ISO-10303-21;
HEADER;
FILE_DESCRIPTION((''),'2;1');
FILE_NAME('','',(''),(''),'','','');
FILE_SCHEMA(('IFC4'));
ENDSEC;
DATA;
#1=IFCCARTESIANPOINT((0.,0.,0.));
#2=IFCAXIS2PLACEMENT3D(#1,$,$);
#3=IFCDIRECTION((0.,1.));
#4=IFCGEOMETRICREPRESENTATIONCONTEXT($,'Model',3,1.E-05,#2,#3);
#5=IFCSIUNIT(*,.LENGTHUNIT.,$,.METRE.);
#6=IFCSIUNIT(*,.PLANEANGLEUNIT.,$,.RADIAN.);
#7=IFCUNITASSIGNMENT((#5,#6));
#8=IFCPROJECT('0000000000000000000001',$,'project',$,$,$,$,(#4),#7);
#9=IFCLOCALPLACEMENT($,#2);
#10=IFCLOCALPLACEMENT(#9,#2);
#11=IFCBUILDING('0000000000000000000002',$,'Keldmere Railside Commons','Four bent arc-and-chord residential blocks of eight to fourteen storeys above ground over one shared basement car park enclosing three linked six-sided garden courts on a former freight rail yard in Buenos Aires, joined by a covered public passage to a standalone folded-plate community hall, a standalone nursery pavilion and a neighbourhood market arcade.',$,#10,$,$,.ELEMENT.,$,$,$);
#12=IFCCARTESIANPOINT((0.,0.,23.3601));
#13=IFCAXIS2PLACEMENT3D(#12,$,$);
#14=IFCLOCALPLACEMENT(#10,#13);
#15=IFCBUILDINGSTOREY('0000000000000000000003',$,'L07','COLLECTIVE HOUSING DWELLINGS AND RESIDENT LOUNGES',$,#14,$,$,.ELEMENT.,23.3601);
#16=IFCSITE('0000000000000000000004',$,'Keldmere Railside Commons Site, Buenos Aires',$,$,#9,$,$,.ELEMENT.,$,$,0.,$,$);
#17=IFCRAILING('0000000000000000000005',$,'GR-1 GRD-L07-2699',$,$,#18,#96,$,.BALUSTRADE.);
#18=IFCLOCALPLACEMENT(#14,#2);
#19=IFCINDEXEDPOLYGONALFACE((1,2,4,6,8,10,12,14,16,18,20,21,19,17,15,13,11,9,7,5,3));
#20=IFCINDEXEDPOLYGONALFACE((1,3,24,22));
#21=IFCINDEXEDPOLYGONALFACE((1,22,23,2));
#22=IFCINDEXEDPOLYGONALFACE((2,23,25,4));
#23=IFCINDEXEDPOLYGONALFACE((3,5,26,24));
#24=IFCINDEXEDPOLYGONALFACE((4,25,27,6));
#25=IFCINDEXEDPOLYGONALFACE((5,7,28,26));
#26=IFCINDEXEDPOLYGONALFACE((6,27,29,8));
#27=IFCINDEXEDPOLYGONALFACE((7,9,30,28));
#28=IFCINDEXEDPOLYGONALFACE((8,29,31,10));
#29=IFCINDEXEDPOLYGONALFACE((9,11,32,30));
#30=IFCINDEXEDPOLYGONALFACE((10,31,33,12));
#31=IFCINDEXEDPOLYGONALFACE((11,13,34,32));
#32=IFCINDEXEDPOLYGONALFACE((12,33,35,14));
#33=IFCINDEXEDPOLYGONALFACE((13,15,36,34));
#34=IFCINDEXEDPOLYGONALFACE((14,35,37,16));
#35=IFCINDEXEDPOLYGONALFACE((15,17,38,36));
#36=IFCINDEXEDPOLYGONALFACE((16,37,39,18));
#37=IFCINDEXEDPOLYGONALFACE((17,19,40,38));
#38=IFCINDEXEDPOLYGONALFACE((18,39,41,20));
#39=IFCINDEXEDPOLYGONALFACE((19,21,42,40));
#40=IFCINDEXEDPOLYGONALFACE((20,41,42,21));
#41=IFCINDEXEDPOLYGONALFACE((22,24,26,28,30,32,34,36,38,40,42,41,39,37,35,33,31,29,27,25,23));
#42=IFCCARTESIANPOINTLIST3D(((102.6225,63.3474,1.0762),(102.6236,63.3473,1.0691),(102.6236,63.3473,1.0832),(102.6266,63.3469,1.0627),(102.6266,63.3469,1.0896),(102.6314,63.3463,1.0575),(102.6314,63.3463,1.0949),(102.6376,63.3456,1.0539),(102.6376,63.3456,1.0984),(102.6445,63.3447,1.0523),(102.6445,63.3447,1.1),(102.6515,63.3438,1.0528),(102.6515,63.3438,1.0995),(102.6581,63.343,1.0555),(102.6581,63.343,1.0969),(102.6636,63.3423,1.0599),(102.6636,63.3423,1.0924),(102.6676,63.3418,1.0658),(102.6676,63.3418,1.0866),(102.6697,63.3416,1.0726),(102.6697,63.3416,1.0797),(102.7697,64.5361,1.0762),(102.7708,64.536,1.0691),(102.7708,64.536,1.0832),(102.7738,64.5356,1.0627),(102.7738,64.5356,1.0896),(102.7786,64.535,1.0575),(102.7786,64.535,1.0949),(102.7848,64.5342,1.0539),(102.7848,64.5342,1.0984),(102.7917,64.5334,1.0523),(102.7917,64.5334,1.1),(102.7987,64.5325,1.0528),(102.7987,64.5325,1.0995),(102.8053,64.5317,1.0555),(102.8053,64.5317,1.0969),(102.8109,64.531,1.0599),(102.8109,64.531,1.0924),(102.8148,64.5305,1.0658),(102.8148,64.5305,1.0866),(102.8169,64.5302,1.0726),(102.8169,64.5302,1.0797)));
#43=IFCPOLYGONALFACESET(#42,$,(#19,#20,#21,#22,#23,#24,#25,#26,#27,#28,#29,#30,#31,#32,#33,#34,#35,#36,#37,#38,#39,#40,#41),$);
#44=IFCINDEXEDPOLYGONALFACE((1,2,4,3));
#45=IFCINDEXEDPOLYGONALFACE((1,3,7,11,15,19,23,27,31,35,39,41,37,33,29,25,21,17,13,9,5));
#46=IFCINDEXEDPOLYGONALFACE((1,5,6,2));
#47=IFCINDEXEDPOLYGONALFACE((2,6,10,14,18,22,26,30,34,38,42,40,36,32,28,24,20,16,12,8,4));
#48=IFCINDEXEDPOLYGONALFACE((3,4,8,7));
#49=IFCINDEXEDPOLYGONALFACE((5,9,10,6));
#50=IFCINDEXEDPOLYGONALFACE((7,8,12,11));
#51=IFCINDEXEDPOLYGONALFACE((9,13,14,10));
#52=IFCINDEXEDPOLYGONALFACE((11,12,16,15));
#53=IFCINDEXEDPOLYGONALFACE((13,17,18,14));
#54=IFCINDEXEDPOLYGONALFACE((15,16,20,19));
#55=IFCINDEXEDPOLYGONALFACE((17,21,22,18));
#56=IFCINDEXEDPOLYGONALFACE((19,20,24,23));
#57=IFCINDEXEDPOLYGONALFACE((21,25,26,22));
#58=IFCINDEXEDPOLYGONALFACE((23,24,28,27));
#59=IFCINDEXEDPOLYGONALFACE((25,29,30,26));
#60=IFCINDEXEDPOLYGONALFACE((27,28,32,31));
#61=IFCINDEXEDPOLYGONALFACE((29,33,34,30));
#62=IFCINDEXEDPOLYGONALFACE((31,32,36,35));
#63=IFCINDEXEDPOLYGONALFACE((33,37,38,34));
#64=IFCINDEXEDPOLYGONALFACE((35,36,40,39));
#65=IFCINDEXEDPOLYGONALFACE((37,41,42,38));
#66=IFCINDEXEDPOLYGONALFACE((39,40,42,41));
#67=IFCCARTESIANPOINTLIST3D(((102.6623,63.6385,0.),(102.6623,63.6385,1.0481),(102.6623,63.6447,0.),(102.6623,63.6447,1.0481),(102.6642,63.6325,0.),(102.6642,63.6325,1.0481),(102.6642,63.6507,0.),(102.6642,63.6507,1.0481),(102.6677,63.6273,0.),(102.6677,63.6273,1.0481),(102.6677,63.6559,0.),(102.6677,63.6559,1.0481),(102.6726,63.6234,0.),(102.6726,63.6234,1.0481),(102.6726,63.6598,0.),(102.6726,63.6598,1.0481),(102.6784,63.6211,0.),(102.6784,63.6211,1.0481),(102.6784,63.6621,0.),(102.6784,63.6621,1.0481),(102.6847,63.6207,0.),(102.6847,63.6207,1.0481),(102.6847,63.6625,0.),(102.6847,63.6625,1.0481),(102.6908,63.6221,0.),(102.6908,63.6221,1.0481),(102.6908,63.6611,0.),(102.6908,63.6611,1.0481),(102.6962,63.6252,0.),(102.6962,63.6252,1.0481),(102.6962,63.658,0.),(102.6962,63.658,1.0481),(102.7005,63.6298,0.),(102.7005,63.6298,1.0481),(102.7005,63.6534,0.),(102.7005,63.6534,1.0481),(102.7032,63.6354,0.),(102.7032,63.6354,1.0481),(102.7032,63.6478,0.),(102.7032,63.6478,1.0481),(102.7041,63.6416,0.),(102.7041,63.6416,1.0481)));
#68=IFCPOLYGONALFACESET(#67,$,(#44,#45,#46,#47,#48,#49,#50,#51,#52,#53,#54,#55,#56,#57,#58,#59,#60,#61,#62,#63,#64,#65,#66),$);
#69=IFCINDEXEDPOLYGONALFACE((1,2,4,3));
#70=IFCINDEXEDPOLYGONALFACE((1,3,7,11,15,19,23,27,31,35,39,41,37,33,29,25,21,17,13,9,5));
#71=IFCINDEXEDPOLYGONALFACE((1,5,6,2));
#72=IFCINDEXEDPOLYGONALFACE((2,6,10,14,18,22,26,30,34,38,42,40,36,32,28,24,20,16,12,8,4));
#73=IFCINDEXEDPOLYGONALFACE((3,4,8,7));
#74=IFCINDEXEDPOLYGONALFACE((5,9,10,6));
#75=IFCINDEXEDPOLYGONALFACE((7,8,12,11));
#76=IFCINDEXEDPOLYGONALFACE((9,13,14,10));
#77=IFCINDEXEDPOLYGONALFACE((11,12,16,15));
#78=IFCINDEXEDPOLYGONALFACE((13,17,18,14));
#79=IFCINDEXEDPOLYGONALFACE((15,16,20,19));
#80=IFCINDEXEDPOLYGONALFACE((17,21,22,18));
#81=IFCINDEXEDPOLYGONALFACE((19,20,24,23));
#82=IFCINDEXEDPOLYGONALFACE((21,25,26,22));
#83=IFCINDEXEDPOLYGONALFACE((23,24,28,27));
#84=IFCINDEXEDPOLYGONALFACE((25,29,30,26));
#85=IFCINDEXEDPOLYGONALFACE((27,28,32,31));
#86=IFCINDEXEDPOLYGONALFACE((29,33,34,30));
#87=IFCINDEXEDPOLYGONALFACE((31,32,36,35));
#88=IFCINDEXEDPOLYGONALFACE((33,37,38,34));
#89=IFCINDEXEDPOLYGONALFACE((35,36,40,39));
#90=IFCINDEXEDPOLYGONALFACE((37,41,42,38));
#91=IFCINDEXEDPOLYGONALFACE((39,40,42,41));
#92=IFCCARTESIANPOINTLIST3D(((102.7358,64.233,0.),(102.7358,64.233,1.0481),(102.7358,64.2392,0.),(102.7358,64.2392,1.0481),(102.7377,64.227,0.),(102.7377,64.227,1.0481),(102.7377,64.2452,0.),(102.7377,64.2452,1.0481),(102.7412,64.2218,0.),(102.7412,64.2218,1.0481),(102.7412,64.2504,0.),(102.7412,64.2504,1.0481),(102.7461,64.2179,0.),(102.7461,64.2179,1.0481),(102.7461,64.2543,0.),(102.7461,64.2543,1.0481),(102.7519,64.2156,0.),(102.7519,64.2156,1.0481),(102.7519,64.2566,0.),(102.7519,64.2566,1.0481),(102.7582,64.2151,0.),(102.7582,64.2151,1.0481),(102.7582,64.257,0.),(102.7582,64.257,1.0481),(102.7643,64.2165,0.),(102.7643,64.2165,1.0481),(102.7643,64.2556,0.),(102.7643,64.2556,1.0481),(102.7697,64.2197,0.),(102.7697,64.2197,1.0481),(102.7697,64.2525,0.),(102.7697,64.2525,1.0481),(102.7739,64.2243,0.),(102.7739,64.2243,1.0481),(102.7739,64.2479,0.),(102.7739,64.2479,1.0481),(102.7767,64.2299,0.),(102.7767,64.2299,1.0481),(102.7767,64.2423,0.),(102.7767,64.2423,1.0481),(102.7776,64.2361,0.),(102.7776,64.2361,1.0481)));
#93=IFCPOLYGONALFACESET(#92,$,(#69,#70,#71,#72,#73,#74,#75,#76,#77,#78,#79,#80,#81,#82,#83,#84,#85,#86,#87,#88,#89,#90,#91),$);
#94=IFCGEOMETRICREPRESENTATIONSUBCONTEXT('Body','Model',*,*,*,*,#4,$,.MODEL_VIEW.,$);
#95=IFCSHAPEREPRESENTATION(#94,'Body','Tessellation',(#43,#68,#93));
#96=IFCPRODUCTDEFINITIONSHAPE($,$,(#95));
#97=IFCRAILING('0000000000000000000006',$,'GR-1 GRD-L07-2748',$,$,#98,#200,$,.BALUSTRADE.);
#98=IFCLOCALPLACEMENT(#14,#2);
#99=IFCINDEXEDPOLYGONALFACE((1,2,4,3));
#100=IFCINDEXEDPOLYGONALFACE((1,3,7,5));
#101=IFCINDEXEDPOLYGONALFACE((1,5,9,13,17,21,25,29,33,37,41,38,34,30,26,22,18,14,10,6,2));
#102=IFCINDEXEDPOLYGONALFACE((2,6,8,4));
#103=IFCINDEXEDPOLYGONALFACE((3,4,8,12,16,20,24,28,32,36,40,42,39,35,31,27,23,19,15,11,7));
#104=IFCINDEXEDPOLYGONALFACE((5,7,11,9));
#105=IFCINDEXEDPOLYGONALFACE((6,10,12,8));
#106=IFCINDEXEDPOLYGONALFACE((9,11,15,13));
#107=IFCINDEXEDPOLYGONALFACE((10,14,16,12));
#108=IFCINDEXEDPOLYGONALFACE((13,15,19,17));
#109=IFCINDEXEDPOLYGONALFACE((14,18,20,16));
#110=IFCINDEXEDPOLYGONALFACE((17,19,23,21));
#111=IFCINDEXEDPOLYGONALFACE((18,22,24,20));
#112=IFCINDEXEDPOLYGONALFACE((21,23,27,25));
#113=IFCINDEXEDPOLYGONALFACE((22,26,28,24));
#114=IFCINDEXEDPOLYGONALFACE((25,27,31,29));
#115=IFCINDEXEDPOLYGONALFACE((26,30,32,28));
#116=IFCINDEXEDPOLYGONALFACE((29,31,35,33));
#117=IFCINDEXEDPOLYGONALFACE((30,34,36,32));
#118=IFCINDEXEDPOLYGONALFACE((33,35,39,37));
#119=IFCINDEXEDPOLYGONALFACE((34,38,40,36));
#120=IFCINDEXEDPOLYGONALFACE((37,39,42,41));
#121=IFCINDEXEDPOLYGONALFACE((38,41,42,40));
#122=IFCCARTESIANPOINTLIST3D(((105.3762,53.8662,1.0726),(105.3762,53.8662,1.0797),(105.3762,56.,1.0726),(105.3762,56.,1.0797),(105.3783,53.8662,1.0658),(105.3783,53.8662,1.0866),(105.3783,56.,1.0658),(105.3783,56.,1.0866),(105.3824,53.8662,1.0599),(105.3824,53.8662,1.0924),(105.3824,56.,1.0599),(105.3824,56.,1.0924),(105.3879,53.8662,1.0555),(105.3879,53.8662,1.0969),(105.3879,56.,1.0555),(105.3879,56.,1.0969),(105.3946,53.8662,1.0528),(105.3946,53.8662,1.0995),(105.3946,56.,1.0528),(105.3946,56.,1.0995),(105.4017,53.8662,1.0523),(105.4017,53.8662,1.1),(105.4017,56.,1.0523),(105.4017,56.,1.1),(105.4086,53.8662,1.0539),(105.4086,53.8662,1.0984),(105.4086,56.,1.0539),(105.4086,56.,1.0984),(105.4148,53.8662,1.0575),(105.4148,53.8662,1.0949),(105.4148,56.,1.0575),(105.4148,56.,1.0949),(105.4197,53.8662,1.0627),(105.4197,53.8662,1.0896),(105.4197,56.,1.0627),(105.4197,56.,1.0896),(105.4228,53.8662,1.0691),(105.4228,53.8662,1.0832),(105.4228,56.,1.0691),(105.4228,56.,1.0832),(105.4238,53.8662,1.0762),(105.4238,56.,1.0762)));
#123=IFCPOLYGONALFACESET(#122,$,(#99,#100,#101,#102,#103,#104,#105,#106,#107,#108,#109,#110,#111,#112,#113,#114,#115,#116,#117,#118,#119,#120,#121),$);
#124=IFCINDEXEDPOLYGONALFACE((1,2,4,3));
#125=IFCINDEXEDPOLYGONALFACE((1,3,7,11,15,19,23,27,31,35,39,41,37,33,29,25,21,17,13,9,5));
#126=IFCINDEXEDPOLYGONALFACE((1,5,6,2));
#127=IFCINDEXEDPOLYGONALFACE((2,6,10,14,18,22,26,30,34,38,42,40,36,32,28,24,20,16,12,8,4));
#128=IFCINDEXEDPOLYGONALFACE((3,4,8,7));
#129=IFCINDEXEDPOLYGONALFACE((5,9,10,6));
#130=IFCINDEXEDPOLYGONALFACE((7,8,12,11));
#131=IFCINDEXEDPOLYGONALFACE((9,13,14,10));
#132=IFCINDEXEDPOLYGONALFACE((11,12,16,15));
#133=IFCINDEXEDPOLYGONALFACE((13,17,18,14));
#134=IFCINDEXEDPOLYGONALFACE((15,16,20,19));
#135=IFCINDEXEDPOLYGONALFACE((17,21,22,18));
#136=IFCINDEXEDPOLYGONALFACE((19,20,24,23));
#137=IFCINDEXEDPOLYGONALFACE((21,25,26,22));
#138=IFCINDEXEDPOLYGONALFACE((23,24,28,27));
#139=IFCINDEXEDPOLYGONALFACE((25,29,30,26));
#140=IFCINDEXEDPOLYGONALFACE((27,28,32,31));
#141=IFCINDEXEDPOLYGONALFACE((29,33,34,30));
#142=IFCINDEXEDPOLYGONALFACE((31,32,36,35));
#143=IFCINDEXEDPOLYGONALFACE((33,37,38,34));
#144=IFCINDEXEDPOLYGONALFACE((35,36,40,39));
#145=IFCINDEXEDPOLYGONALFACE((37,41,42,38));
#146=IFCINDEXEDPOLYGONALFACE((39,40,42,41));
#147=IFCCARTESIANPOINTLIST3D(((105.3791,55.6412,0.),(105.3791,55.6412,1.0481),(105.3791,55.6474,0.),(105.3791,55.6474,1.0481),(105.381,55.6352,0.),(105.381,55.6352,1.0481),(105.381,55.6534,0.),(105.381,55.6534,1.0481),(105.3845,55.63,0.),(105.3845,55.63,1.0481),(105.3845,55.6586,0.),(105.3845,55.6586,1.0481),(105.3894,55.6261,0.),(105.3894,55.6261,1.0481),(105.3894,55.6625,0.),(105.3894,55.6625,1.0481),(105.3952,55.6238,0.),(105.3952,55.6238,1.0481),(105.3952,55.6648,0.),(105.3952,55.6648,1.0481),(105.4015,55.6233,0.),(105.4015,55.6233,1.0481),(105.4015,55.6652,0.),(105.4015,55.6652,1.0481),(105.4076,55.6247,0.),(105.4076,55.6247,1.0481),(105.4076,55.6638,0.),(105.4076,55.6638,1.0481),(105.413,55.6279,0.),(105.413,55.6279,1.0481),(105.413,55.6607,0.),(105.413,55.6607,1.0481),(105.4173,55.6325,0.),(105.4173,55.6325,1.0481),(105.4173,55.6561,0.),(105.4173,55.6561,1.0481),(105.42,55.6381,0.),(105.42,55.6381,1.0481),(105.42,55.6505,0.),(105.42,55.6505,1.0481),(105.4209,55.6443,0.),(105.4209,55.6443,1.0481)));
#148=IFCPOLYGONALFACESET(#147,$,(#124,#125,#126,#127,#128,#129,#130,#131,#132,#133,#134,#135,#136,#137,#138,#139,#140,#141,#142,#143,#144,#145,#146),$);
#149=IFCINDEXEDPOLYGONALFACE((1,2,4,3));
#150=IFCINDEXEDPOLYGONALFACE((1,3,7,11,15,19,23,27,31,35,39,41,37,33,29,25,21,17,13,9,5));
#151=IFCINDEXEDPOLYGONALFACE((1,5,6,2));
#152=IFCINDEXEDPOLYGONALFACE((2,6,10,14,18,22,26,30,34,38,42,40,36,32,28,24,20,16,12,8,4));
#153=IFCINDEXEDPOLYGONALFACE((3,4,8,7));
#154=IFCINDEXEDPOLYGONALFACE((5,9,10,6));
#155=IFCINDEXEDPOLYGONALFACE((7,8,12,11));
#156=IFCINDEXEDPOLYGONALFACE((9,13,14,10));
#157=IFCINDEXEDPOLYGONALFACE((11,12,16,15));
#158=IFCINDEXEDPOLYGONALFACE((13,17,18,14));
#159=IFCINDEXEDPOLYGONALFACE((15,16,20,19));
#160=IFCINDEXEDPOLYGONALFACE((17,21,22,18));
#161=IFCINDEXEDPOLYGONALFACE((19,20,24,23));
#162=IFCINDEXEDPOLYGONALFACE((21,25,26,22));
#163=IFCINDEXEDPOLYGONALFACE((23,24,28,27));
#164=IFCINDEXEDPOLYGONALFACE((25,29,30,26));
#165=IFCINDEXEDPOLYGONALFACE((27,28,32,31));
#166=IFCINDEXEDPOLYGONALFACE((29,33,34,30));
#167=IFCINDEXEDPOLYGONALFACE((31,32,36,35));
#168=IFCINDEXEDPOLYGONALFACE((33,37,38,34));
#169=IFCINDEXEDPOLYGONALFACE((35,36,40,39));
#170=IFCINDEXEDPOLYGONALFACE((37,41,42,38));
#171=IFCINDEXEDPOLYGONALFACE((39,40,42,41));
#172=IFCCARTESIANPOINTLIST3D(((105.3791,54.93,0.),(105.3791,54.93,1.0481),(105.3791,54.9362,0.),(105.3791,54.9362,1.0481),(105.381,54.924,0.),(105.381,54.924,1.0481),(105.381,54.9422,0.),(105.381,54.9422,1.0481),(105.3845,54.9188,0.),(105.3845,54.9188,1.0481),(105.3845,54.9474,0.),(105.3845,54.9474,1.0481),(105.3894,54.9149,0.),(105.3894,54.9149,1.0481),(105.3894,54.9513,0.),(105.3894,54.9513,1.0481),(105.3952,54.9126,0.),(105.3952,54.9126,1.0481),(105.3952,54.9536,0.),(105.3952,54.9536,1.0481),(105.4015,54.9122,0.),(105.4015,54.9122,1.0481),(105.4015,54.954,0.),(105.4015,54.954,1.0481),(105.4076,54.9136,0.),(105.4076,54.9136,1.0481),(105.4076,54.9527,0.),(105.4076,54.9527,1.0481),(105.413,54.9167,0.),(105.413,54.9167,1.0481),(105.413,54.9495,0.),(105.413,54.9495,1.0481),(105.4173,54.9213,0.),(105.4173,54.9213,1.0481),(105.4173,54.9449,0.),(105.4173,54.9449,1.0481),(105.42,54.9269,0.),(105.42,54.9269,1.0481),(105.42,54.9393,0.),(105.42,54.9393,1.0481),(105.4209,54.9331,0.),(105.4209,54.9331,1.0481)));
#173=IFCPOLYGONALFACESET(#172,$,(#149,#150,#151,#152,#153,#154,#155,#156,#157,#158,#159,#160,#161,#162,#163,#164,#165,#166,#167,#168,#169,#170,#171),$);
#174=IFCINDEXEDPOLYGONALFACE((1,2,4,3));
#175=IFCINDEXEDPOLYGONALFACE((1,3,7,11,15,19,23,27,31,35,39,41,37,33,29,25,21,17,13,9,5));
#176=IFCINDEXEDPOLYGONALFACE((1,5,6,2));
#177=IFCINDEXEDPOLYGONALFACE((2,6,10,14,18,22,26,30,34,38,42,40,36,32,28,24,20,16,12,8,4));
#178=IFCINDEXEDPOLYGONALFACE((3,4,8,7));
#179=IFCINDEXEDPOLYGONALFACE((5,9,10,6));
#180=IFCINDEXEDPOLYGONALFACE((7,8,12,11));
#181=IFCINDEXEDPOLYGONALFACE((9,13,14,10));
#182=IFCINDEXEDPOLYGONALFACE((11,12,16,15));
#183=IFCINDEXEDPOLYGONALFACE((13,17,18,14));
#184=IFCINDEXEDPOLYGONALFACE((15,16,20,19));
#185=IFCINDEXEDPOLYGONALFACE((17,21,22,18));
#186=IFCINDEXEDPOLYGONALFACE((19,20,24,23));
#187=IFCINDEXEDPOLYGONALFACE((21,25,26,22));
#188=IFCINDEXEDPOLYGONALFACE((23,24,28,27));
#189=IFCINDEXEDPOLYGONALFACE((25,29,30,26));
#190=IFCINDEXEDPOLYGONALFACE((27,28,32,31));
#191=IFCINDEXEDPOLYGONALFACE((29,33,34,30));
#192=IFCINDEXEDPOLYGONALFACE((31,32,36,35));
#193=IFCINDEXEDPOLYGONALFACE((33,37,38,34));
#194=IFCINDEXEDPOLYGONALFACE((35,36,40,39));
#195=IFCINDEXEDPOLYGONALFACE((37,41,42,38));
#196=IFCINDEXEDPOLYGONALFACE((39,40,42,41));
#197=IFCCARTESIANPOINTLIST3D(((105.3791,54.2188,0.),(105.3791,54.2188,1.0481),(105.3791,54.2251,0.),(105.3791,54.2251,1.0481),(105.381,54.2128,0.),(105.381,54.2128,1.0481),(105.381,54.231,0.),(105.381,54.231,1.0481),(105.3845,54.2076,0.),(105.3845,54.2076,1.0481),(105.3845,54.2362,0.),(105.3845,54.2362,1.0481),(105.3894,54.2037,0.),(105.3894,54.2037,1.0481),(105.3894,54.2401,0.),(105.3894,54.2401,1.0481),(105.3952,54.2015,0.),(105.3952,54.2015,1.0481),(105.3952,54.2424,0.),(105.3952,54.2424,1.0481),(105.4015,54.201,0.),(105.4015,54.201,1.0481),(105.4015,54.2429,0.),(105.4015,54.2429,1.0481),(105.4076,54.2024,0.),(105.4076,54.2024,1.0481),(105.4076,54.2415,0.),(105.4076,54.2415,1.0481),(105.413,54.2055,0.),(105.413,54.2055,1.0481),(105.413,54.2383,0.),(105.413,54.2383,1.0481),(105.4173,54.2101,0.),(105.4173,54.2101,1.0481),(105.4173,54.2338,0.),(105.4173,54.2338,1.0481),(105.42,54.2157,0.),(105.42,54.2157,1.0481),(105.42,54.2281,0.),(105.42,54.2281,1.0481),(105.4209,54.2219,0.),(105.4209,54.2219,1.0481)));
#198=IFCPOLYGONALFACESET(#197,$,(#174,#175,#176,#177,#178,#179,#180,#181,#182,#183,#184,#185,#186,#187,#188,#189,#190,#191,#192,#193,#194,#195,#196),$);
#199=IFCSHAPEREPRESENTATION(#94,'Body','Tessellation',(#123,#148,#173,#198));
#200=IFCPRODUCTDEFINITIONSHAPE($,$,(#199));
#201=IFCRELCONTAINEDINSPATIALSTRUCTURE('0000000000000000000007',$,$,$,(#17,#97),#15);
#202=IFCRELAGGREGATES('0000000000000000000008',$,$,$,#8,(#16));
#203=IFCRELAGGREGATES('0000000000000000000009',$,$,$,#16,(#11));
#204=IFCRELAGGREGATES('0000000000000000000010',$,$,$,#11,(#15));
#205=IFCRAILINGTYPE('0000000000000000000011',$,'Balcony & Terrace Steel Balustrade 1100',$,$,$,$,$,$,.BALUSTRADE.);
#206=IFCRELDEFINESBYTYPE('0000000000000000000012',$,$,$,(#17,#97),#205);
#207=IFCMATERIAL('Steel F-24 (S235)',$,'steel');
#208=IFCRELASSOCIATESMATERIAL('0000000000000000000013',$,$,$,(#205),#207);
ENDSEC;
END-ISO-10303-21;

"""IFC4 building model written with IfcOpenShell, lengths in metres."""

from ifc_helpers import new_model, si_unit, direction, frame, origin, origin_2d, place, context, subcontext, project, spatial, circle, extrude, material, type_object, element, save


model = new_model("IFC4")

# Units and contexts
model_context = context("Model", 3, precision=1e-05, world=origin(), true_north=direction((0.0, 1.0)))
body_context = subcontext(model_context, "Body", "Model", "MODEL_VIEW")
ifc_project = project(units=[si_unit("LENGTHUNIT", "METRE"), si_unit("PLANEANGLEUNIT", "RADIAN")], contexts=[model_context])

# Site, building, storey
site_placement = place(None, origin())
site = spatial("IfcSite", under=ifc_project, at=site_placement, Name="Keldmere Railside Commons Site, Buenos Aires", CompositionType="ELEMENT", RefElevation=0.0)
building_placement = place(site_placement, origin())
building = spatial("IfcBuilding", under=site, at=building_placement, Name="Keldmere Railside Commons", Description="Four bent arc-and-chord residential blocks of eight to fourteen storeys above ground over one shared basement car park enclosing three linked six-sided garden courts on a former freight rail yard in Buenos Aires, joined by a covered public passage to a standalone folded-plate community hall, a standalone nursery pavilion and a neighbourhood market arcade.", CompositionType="ELEMENT")
storey_placement = place(building_placement, frame((0.0, 0.0, 23.3601)))
storey = spatial("IfcBuildingStorey", under=building, at=storey_placement, Name="L07", Description="COLLECTIVE HOUSING DWELLINGS AND RESIDENT LOUNGES", CompositionType="ELEMENT", Elevation=23.3601)

# Railings
ifc_material_1 = material(Name="Steel F-24 (S235)", Category="steel")
railing_type = type_object("IfcRailingType", Name="Balcony & Terrace Steel Balustrade 1100", PredefinedType="BALUSTRADE", material=ifc_material_1)
railing_1_placement = place(storey_placement, frame((102.6462, 63.3445, 0.0)))
element("IfcRailing", 1, at=railing_1_placement, inside=storey, type_object=railing_type, Name="GR-1 GRD-L07-2699", PredefinedType="BALUSTRADE", context=body_context, shape_type="SweptSolid", body=[
    extrude(circle(Radius=0.0239, at=origin_2d()), frame((0.0, 0.0, 1.0762), z_axis=(0.122906, 0.992418, 0.0), x_axis=(-0.992418, 0.122906, 0.0)), (0.0, 0.0, 1.0), 1.1978),
    extrude(circle(Radius=0.021, at=origin_2d()), frame((0.0369, 0.2971, 0.0)), (0.0, 0.0, 1.0), 1.0481),
    extrude(circle(Radius=0.021, at=origin_2d()), frame((0.1104, 0.8916, 0.0)), (0.0, 0.0, 1.0), 1.0481),
])
railing_2_placement = place(storey_placement, frame((105.3999, 56.0, 0.0)))
element("IfcRailing", 2, at=railing_2_placement, inside=storey, type_object=railing_type, Name="GR-1 GRD-L07-2748", PredefinedType="BALUSTRADE", context=body_context, shape_type="SweptSolid", body=[
    extrude(circle(Radius=0.0239, at=origin_2d()), frame((0.0, 0.0, 1.0762), z_axis=(0.0, -1.0, 0.0), x_axis=(1.0, 0.0, 0.0)), (0.0, 0.0, 1.0), 2.1338),
    extrude(circle(Radius=0.021, at=origin_2d()), frame((0.0, -0.3557, 0.0)), (0.0, 0.0, 1.0), 1.0481),
    extrude(circle(Radius=0.021, at=origin_2d()), frame((0.0, -1.0669, 0.0)), (0.0, 0.0, 1.0), 1.0481),
    extrude(circle(Radius=0.021, at=origin_2d()), frame((0.0, -1.7781, 0.0)), (0.0, 0.0, 1.0), 1.0481),
])

save(model, "model.ifc")
